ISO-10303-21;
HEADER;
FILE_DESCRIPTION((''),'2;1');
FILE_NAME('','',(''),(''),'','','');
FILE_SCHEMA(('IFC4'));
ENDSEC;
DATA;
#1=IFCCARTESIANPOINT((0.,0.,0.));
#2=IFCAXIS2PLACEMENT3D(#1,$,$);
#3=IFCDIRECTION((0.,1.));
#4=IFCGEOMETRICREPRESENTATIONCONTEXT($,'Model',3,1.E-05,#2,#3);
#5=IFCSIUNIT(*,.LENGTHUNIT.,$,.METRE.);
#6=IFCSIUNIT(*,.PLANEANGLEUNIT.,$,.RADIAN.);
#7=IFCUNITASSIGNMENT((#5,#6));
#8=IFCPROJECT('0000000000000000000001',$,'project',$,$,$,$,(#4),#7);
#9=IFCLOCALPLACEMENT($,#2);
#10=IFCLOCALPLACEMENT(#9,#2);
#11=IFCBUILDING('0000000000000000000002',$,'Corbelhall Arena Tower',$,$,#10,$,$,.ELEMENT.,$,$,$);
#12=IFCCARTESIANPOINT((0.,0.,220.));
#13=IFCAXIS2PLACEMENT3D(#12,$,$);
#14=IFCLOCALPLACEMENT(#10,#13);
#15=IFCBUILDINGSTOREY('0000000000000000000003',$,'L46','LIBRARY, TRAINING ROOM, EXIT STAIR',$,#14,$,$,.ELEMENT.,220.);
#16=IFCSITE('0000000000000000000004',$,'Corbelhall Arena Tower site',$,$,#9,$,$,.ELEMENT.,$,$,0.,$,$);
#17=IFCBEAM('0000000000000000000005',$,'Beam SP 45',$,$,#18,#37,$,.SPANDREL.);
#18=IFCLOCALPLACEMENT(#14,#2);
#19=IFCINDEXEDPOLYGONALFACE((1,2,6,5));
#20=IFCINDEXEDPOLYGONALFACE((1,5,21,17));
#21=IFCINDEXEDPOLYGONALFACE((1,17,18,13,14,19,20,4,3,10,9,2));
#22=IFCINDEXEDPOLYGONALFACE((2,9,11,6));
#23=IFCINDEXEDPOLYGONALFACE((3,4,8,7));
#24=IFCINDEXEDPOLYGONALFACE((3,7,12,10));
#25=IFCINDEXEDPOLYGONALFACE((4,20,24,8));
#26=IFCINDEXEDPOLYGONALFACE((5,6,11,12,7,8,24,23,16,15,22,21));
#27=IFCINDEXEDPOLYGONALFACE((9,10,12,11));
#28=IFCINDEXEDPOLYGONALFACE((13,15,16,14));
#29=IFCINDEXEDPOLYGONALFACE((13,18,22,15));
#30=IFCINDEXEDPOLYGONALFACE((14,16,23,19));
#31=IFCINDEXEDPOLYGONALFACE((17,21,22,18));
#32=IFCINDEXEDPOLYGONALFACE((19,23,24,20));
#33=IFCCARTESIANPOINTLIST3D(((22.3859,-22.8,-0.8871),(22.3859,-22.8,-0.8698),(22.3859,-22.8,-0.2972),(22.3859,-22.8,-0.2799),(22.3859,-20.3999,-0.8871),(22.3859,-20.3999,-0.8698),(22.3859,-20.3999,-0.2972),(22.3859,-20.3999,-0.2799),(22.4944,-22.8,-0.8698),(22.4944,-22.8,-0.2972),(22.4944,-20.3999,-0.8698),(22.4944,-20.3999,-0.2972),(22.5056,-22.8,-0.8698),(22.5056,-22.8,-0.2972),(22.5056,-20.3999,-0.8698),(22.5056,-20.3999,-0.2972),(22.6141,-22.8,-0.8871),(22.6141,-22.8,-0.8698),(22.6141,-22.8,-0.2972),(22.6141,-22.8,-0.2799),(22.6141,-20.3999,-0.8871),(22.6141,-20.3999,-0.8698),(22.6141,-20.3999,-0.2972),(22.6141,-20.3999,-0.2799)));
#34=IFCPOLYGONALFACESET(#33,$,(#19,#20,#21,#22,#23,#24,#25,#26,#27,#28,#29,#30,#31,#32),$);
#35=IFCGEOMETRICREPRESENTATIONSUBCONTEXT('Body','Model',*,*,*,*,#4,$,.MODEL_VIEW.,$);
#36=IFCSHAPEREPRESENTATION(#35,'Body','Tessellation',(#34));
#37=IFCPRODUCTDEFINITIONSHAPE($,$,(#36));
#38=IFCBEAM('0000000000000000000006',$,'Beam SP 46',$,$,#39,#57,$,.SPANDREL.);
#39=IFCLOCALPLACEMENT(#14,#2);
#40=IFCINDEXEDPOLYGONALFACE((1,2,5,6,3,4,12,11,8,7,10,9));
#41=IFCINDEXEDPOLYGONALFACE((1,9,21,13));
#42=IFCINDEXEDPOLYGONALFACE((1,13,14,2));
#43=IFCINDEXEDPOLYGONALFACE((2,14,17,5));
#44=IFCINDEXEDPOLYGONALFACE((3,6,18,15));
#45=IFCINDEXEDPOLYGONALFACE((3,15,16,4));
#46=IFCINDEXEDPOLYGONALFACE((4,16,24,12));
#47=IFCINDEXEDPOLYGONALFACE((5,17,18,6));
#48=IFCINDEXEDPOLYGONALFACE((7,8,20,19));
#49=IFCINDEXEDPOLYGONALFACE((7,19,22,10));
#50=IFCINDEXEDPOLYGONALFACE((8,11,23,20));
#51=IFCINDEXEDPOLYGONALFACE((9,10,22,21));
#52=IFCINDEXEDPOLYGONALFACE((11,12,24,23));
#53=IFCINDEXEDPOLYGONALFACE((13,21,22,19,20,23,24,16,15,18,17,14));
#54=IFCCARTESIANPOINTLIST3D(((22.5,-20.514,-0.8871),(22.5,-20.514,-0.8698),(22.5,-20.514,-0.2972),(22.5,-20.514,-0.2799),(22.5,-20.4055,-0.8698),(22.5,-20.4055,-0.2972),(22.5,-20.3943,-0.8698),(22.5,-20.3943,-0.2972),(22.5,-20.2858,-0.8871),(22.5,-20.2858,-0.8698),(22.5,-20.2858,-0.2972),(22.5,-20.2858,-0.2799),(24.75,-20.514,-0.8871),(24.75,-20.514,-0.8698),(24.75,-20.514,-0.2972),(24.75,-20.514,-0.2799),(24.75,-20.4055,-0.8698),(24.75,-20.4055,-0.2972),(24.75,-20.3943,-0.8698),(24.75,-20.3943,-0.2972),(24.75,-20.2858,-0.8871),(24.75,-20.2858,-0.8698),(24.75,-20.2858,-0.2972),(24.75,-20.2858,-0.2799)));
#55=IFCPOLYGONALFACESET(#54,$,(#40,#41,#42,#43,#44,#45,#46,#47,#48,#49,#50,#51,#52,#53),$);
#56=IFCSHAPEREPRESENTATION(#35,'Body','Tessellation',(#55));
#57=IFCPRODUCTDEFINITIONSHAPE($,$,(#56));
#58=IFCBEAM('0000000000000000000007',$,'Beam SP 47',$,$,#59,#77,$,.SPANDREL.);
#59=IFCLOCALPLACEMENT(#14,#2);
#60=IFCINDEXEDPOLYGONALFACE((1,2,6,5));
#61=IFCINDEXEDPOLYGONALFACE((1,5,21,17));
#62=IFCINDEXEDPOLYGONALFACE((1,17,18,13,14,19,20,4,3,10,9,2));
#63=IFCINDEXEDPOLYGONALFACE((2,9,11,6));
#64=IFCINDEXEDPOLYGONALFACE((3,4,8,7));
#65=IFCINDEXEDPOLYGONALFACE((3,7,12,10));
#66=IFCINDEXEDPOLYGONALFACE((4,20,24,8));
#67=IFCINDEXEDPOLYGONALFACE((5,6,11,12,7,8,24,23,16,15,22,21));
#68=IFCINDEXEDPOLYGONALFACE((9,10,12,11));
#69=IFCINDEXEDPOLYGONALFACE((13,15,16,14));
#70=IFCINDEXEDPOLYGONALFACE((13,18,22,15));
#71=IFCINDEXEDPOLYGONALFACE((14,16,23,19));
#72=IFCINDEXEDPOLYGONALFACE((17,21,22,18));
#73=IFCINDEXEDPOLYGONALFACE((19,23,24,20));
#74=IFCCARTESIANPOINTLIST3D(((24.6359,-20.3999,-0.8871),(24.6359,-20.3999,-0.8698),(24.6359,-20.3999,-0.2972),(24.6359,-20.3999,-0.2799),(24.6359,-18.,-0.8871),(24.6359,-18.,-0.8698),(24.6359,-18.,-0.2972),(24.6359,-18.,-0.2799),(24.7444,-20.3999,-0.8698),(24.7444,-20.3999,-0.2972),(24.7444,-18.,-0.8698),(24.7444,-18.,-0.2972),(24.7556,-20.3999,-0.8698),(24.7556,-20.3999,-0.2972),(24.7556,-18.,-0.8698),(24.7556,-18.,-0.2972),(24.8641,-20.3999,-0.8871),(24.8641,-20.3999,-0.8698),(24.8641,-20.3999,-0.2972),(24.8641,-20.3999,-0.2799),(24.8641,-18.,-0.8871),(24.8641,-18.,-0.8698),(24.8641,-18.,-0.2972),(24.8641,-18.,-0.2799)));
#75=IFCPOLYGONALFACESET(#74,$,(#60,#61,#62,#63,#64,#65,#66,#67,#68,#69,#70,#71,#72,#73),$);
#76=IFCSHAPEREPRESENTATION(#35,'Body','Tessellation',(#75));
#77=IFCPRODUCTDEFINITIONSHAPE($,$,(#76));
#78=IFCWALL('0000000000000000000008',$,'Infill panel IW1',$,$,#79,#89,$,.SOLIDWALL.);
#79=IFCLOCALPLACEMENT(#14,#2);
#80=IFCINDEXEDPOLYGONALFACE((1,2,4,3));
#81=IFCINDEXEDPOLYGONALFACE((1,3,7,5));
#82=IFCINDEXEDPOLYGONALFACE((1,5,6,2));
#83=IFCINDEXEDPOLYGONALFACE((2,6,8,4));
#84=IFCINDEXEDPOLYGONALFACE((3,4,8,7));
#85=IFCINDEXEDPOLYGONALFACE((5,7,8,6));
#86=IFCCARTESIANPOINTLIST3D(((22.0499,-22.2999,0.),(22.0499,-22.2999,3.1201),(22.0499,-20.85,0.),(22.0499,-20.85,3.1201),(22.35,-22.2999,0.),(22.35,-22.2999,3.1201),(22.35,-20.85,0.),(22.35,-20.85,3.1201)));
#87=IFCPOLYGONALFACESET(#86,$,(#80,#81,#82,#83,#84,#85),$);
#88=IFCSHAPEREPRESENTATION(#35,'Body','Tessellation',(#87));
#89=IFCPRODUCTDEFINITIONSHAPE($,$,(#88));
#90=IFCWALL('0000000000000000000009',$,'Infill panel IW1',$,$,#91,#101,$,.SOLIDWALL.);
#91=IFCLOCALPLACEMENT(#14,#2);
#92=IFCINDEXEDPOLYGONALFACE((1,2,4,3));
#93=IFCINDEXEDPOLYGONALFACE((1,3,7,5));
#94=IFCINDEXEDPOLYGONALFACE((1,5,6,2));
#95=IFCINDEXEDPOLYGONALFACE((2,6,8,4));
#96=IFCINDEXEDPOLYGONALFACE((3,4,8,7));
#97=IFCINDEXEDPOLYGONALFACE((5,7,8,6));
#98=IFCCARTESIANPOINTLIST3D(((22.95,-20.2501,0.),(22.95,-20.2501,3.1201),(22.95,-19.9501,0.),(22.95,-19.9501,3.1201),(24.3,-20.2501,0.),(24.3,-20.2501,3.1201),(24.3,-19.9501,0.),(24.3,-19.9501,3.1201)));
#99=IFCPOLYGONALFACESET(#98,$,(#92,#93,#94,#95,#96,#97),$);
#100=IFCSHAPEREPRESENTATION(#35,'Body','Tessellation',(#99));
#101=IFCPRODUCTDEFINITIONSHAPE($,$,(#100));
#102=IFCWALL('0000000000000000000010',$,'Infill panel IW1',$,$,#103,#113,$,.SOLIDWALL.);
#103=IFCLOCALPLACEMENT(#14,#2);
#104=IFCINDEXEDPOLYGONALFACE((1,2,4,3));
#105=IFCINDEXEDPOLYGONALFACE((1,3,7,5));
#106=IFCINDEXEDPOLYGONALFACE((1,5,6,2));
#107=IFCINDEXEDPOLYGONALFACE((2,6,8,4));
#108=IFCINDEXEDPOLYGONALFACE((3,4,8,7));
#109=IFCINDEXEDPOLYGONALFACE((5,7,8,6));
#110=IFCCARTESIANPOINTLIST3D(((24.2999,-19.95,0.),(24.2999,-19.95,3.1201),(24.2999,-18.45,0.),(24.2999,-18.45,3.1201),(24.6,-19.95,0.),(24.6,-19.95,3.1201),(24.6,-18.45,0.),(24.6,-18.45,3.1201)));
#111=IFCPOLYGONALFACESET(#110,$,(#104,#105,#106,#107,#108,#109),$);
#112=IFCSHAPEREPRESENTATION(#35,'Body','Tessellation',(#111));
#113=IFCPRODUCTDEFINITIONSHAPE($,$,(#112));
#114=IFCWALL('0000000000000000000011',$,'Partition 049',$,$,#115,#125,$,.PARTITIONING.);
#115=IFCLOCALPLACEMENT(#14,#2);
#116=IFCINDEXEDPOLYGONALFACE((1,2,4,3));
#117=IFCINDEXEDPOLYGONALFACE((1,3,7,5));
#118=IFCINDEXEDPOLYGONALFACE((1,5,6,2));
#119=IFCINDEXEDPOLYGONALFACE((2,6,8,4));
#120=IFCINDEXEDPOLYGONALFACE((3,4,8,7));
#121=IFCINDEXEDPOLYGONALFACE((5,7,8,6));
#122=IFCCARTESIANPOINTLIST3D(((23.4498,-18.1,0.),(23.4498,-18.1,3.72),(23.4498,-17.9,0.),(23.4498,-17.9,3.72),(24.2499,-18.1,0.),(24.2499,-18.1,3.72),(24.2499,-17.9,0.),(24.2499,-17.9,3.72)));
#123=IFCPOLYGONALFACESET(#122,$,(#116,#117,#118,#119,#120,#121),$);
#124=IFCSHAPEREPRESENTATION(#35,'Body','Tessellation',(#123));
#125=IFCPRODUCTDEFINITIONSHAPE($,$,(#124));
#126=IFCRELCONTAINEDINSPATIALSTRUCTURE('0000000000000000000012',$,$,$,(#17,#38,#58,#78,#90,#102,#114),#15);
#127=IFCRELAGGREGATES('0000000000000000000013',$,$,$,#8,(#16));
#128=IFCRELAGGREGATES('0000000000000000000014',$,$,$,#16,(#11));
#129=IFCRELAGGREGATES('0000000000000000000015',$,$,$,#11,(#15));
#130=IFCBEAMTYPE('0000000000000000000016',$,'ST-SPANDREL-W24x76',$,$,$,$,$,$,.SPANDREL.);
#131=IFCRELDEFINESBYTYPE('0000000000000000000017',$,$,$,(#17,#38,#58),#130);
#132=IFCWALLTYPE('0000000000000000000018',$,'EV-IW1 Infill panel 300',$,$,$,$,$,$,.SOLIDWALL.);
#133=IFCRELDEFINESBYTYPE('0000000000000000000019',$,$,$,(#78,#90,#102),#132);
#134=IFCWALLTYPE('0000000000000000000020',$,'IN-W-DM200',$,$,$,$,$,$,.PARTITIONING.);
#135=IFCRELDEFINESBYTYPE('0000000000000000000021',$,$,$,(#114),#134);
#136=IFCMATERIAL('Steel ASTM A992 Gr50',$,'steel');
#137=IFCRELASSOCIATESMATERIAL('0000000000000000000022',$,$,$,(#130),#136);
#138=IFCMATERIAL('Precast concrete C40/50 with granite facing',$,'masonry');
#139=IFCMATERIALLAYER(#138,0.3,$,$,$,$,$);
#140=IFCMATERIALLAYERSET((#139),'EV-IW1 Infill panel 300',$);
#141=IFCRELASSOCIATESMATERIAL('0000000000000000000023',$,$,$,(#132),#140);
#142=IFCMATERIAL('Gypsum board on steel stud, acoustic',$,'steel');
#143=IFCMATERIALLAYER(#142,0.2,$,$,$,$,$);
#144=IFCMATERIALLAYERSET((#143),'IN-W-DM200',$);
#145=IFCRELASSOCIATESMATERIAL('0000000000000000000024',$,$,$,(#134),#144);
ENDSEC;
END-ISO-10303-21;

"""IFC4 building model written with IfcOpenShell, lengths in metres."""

from ifc_helpers import new_model, si_unit, direction, frame, frame_2d, origin, origin_2d, place, context, subcontext, project, spatial, rectangle, i_section, extrude, material, layer, layer_set, material_profile, profile_set, type_object, element, save


model = new_model("IFC4")

# Units and contexts
model_context = context("Model", 3, precision=1e-05, world=origin(), true_north=direction((0.0, 1.0)))
body_context = subcontext(model_context, "Body", "Model", "MODEL_VIEW")
ifc_project = project(units=[si_unit("LENGTHUNIT", "METRE"), si_unit("PLANEANGLEUNIT", "RADIAN")], contexts=[model_context])

# Site, building, storey
site_placement = place(None, origin())
site = spatial("IfcSite", under=ifc_project, at=site_placement, Name="Corbelhall Arena Tower site", CompositionType="ELEMENT", RefElevation=0.0)
building_placement = place(site_placement, origin())
building = spatial("IfcBuilding", under=site, at=building_placement, Name="Corbelhall Arena Tower", CompositionType="ELEMENT")
storey_placement = place(building_placement, frame((0.0, 0.0, 220.0)))
storey = spatial("IfcBuildingStorey", under=building, at=storey_placement, Name="L46", Description="LIBRARY, TRAINING ROOM, EXIT STAIR", CompositionType="ELEMENT", Elevation=220.0)

# Beams
ifc_material_1 = material(Name="Steel ASTM A992 Gr50", Category="steel")
ifc_material_profile_1 = material_profile(ifc_material_1, i_section(OverallWidth=0.2283, OverallDepth=0.6072, WebThickness=0.0112, FlangeThickness=0.0173, at=origin_2d()))
ifc_profile_set_1 = profile_set([ifc_material_profile_1], Name="Steel ASTM A992 Gr50")
beam_type = type_object("IfcBeamType", Name="ST-SPANDREL-W24x76", PredefinedType="SPANDREL", material=ifc_profile_set_1)
beam_1_placement = place(storey_placement, frame((22.5, -20.3999, -0.5835), z_axis=(0.0, -1.0, 0.0), x_axis=(1.0, 0.0, 0.0)))
element("IfcBeam", 1, at=beam_1_placement, inside=storey, type_object=beam_type, Name="Beam SP 45", PredefinedType="SPANDREL", context=body_context, shape_type="SweptSolid", body=[
    extrude(i_section(OverallWidth=0.2283, OverallDepth=0.6072, WebThickness=0.0112, FlangeThickness=0.0173, at=origin_2d()), origin(), (0.0, 0.0, 1.0), 2.4001),
])
beam_2_placement = place(storey_placement, frame((24.75, -20.3999, -0.5835), z_axis=(-1.0, 0.0, 0.0), x_axis=(0.0, -1.0, 0.0)))
element("IfcBeam", 2, at=beam_2_placement, inside=storey, type_object=beam_type, Name="Beam SP 46", PredefinedType="SPANDREL", context=body_context, shape_type="SweptSolid", body=[
    extrude(i_section(OverallWidth=0.2283, OverallDepth=0.6072, WebThickness=0.0112, FlangeThickness=0.0173, at=origin_2d()), origin(), (0.0, 0.0, 1.0), 2.25),
])
beam_3_placement = place(storey_placement, frame((24.75, -18.0, -0.5835), z_axis=(0.0, -1.0, 0.0), x_axis=(1.0, 0.0, 0.0)))
element("IfcBeam", 3, at=beam_3_placement, inside=storey, type_object=beam_type, Name="Beam SP 47", PredefinedType="SPANDREL", context=body_context, shape_type="SweptSolid", body=[
    extrude(i_section(OverallWidth=0.2283, OverallDepth=0.6072, WebThickness=0.0112, FlangeThickness=0.0173, at=origin_2d()), origin(), (0.0, 0.0, 1.0), 2.3999),
])

# Shared definitions
ifc_material_2 = material(Name="Precast concrete C40/50 with granite facing", Category="masonry")
ifc_layer_1 = layer(ifc_material_2, 0.3)
ifc_layer_set_1 = layer_set([ifc_layer_1], Name="EV-IW1 Infill panel 300")
wall_type_1 = type_object("IfcWallType", Name="EV-IW1 Infill panel 300", PredefinedType="SOLIDWALL", material=ifc_layer_set_1)

# Walls
wall_1_placement = place(storey_placement, frame((22.2, -22.3, 0.0), z_axis=(0.0, 0.0, 1.0), x_axis=(0.0, 1.0, 0.0)))
element("IfcWall", 4, at=wall_1_placement, inside=storey, type_object=wall_type_1, Name="Infill panel IW1", PredefinedType="SOLIDWALL", context=body_context, shape_type="SweptSolid", body=[
    extrude(rectangle(XDim=1.45, YDim=0.3, at=frame_2d((0.7251, 0.0))), origin(), (0.0, 0.0, 1.0), 3.1201),
])
wall_2_placement = place(storey_placement, frame((22.95, -20.1001, 0.0), z_axis=(0.0, 0.0, 1.0), x_axis=(1.0, 0.0, 0.0)))
element("IfcWall", 5, at=wall_2_placement, inside=storey, type_object=wall_type_1, Name="Infill panel IW1", PredefinedType="SOLIDWALL", context=body_context, shape_type="SweptSolid", body=[
    extrude(rectangle(XDim=1.3501, YDim=0.3, at=frame_2d((0.675, 0.0))), origin(), (0.0, 0.0, 1.0), 3.1201),
])
wall_3_placement = place(storey_placement, frame((24.45, -19.95, 0.0), z_axis=(0.0, 0.0, 1.0), x_axis=(0.0, 1.0, 0.0)))
element("IfcWall", 6, at=wall_3_placement, inside=storey, type_object=wall_type_1, Name="Infill panel IW1", PredefinedType="SOLIDWALL", context=body_context, shape_type="SweptSolid", body=[
    extrude(rectangle(XDim=1.5, YDim=0.3, at=frame_2d((0.75, 0.0))), origin(), (0.0, 0.0, 1.0), 3.1201),
])

# Shared definitions
ifc_material_3 = material(Name="Gypsum board on steel stud, acoustic", Category="steel")
ifc_layer_2 = layer(ifc_material_3, 0.2)
ifc_layer_set_2 = layer_set([ifc_layer_2], Name="IN-W-DM200")
wall_type_2 = type_object("IfcWallType", Name="IN-W-DM200", PredefinedType="PARTITIONING", material=ifc_layer_set_2)

# Wall
wall_4_placement = place(storey_placement, frame((23.45, -18.0, 0.0), z_axis=(0.0, 0.0, 1.0), x_axis=(1.0, 0.0, 0.0)))
element("IfcWall", 7, at=wall_4_placement, inside=storey, type_object=wall_type_2, Name="Partition 049", PredefinedType="PARTITIONING", context=body_context, shape_type="SweptSolid", body=[
    extrude(rectangle(XDim=0.8, YDim=0.2, at=frame_2d((0.3999, 0.0))), origin(), (0.0, 0.0, 1.0), 3.72),
])

save(model, "model.ifc")
